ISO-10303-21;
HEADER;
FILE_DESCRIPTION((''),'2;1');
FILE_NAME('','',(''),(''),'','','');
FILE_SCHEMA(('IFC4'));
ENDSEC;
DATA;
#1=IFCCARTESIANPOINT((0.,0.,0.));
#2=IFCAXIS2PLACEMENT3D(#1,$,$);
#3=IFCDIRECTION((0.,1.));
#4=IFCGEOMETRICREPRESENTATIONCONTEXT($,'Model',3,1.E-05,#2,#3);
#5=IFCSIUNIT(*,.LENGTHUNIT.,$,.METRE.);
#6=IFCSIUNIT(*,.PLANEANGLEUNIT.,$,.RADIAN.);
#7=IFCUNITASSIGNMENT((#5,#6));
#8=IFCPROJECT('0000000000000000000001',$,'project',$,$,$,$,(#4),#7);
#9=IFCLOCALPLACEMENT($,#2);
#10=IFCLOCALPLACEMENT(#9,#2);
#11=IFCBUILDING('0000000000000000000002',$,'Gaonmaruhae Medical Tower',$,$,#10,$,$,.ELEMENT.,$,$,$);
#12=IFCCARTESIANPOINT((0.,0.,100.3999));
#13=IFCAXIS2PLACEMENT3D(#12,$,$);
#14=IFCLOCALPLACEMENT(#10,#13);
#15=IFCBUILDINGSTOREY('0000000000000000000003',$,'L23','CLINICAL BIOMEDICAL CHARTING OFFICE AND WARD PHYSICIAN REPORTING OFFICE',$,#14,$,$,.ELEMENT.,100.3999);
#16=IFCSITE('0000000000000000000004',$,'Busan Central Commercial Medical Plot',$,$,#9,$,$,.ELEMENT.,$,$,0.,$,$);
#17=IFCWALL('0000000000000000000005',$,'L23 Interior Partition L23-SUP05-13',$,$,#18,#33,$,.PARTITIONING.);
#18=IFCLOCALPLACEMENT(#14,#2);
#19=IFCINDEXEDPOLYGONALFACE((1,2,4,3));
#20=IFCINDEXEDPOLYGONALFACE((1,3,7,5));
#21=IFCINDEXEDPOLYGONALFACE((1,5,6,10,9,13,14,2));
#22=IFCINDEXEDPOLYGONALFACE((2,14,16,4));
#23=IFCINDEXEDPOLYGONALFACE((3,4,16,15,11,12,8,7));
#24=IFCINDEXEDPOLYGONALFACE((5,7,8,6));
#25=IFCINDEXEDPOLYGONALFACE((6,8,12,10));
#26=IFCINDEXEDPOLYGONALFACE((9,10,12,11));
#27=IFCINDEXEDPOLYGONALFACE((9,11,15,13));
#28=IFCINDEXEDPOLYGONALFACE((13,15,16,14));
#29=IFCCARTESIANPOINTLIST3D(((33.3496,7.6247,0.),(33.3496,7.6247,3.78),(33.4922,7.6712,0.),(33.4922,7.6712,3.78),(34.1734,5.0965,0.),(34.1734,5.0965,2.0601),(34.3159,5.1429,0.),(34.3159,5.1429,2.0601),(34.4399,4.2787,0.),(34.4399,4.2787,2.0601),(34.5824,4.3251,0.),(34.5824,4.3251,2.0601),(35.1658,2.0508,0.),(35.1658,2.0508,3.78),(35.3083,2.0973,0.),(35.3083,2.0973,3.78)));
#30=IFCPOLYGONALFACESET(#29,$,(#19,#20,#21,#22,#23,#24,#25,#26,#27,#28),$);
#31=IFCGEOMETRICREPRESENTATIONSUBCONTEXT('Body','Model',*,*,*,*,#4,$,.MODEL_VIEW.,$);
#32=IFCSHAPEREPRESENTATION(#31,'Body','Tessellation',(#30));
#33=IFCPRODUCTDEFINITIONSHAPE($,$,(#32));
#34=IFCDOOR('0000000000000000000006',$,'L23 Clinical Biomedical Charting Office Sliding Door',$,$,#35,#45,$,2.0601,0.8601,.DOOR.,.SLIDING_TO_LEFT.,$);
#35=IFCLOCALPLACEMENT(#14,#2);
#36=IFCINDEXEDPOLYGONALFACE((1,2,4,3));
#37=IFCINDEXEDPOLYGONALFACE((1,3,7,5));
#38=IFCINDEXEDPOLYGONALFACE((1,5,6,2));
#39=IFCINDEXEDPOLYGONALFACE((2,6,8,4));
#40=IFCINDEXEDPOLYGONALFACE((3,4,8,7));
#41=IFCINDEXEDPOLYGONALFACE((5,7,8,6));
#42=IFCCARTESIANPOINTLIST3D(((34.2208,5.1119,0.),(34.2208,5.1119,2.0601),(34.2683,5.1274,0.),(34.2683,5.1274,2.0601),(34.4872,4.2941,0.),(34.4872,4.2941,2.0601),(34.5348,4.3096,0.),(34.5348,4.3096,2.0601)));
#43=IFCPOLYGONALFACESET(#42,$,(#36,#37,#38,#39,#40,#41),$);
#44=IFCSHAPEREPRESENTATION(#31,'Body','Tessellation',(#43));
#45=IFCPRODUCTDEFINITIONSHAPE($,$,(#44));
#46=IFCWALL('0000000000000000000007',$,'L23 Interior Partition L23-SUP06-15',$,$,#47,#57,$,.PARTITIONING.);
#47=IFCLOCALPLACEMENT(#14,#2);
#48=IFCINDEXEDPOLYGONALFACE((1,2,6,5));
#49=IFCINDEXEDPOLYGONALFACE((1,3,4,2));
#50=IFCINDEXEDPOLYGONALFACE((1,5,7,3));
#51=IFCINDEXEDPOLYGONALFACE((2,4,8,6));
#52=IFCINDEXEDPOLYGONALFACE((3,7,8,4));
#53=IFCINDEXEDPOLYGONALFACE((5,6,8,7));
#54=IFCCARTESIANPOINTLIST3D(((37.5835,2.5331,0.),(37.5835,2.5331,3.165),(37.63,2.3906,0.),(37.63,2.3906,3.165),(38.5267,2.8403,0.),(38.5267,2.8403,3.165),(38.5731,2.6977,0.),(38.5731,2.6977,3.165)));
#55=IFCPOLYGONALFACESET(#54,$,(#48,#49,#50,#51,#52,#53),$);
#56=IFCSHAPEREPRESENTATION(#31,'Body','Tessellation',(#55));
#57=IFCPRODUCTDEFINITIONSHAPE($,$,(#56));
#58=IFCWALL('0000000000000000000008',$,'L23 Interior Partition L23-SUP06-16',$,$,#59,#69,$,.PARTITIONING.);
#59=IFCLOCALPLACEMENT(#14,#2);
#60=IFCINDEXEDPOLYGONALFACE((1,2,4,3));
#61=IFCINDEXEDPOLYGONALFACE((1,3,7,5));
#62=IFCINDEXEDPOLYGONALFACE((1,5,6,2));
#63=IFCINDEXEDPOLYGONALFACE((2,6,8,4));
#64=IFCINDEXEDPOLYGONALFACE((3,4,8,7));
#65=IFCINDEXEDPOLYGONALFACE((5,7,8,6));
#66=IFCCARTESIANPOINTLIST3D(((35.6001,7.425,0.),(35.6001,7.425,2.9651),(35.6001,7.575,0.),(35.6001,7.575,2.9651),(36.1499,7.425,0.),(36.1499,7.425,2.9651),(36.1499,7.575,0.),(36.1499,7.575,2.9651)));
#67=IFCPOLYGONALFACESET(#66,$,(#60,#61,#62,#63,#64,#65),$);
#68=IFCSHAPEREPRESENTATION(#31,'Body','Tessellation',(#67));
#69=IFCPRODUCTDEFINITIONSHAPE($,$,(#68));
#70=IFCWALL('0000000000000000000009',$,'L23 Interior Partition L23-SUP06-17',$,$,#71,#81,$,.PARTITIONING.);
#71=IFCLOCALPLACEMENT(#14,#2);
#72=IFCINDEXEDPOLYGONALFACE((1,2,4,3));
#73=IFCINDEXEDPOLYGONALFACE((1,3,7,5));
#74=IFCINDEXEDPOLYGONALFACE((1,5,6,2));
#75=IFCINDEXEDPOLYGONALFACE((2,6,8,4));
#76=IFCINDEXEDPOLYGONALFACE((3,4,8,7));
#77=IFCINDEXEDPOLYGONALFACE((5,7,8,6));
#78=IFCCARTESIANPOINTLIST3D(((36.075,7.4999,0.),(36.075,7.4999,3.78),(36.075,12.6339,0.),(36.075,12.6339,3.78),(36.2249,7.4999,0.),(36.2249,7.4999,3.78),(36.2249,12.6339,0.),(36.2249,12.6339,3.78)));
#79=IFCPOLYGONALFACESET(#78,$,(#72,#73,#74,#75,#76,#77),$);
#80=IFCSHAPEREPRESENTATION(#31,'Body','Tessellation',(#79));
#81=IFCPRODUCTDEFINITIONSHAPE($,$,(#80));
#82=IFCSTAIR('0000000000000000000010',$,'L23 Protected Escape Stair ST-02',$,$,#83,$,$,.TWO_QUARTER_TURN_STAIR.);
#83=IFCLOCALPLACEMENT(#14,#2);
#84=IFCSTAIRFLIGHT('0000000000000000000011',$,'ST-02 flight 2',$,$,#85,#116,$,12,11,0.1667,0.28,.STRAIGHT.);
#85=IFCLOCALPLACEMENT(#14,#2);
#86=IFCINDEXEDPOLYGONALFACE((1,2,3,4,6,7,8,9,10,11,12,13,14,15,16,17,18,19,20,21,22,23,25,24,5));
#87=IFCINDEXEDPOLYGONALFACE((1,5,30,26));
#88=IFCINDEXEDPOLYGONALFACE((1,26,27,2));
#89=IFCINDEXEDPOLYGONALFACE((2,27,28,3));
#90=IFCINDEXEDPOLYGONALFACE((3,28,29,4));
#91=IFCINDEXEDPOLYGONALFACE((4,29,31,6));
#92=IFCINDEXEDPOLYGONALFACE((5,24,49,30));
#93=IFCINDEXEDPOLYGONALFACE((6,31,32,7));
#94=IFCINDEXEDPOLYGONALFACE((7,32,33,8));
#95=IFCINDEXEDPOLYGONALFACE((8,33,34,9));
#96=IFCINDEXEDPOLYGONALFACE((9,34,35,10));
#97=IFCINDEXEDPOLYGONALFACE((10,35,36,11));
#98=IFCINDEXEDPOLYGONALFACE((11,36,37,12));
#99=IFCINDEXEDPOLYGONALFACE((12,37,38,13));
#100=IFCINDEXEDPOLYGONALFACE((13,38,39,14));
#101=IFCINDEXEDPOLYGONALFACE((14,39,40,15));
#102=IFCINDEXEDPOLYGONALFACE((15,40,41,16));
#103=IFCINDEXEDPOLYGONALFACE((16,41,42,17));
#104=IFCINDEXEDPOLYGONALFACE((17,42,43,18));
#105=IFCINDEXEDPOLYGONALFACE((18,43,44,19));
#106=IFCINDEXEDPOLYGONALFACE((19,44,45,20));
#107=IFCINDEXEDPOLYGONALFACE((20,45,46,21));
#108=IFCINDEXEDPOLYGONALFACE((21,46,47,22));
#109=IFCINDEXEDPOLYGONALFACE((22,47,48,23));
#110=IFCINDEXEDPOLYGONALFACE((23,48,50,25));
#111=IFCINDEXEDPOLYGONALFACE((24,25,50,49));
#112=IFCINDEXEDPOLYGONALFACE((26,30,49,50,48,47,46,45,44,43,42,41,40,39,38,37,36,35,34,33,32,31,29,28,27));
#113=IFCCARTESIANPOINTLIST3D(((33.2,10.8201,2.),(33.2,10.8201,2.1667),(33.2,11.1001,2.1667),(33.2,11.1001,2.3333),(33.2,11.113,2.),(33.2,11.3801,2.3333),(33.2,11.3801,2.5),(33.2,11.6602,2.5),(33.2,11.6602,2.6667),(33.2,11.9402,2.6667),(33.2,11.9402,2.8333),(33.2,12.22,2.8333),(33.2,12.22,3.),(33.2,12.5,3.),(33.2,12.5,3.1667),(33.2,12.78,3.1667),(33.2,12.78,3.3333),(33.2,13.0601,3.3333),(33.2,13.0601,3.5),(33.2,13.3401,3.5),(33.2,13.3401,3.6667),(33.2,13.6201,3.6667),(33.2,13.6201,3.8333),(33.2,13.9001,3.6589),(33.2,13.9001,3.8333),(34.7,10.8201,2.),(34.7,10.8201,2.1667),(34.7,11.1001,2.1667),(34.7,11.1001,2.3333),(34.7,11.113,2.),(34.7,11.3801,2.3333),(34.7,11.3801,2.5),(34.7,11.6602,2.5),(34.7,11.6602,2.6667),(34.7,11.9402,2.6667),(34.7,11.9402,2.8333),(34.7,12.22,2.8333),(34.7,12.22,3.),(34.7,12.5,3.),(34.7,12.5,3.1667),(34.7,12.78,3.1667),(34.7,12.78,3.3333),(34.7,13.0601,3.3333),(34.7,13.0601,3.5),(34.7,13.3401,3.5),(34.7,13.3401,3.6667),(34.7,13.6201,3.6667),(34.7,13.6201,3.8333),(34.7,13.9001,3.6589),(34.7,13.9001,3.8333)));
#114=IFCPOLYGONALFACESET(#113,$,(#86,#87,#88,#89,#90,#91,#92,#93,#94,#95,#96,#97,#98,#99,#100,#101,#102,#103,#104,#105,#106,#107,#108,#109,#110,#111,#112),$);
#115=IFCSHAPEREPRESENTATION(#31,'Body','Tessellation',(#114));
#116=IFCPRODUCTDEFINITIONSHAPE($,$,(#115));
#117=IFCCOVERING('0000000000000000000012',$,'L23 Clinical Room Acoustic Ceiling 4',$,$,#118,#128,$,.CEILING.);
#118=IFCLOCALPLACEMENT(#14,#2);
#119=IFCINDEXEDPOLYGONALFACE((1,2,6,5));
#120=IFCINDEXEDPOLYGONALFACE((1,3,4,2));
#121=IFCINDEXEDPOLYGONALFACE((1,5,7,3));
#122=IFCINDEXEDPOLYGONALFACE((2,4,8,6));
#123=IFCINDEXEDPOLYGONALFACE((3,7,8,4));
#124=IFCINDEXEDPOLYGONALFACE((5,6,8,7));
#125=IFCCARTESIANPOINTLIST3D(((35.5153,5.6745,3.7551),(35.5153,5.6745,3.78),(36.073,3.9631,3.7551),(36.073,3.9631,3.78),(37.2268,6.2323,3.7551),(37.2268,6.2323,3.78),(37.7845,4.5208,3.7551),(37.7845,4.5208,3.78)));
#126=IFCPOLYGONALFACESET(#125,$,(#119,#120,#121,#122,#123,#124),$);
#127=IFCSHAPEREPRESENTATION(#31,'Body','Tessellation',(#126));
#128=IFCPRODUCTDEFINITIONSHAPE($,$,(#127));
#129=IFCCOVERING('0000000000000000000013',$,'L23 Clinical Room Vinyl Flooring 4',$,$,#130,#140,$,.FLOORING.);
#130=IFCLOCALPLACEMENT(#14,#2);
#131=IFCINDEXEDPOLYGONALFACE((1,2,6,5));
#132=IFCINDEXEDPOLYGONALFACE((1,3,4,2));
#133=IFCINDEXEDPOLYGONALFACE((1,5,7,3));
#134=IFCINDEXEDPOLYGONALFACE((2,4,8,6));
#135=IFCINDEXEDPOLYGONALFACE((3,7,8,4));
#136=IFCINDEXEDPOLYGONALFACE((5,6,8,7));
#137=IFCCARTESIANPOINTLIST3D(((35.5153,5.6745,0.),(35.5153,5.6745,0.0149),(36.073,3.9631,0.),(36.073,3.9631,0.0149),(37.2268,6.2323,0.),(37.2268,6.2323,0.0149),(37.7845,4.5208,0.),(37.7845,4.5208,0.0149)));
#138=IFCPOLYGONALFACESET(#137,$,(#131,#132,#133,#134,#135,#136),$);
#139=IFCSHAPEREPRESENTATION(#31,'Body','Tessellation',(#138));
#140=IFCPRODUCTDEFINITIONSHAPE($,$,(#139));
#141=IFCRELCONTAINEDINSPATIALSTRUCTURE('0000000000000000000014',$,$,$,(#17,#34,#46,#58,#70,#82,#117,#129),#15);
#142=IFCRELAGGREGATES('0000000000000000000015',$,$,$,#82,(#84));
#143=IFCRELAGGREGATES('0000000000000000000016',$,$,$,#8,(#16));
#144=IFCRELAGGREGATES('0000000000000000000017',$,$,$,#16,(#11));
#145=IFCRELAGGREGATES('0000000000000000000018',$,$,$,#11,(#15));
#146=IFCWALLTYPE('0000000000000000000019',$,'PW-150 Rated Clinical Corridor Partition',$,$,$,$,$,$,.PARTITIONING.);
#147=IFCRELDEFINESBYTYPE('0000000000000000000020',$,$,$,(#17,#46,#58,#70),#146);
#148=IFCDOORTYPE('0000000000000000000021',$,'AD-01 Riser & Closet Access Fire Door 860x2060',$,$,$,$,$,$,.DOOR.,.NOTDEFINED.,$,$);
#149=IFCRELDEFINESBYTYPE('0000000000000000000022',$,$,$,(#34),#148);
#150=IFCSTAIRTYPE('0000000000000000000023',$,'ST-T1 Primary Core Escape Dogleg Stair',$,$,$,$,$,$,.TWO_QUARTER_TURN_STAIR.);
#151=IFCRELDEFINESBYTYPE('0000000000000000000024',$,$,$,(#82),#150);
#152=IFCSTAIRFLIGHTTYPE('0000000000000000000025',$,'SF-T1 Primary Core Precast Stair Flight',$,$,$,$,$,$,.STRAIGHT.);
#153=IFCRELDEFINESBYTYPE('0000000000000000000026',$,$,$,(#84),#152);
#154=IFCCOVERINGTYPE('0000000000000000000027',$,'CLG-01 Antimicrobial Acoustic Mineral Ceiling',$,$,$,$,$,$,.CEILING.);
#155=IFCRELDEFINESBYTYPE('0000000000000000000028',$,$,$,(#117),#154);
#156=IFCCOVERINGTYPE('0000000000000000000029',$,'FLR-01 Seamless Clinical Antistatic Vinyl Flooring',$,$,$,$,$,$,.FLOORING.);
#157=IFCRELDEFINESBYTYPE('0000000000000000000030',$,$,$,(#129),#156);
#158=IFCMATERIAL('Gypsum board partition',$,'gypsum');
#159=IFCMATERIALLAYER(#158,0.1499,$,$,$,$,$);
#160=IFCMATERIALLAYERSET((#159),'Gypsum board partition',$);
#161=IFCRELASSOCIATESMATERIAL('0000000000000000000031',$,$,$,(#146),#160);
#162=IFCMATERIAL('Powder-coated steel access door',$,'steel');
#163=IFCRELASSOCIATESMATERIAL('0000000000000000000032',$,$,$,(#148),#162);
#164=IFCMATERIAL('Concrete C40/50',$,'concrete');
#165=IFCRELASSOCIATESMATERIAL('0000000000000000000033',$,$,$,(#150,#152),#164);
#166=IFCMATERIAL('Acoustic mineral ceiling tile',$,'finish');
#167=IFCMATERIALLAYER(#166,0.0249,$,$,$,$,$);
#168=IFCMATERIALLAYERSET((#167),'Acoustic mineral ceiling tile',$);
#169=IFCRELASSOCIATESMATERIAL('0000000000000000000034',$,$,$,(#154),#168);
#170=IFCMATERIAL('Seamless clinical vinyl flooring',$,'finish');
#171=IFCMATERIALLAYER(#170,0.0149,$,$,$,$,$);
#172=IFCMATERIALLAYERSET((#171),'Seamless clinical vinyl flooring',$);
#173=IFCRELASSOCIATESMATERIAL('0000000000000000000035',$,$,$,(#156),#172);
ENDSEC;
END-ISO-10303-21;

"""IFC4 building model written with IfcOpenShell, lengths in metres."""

from ifc_helpers import new_model, si_unit, direction, frame, frame_2d, origin, origin_2d, place, context, subcontext, project, spatial, polyline, rectangle, outline, extrude, material, layer, layer_set, type_object, element, fill, aggregate, save


model = new_model("IFC4")

# Units and contexts
model_context = context("Model", 3, precision=1e-05, world=origin(), true_north=direction((0.0, 1.0)))
body_context = subcontext(model_context, "Body", "Model", "MODEL_VIEW")
ifc_project = project(units=[si_unit("LENGTHUNIT", "METRE"), si_unit("PLANEANGLEUNIT", "RADIAN")], contexts=[model_context])

# Site, building, storey
site_placement = place(None, origin())
site = spatial("IfcSite", under=ifc_project, at=site_placement, Name="Busan Central Commercial Medical Plot", CompositionType="ELEMENT", RefElevation=0.0)
building_placement = place(site_placement, origin())
building = spatial("IfcBuilding", under=site, at=building_placement, Name="Gaonmaruhae Medical Tower", CompositionType="ELEMENT")
storey_placement = place(building_placement, frame((0.0, 0.0, 100.3999)))
storey = spatial("IfcBuildingStorey", under=building, at=storey_placement, Name="L23", Description="CLINICAL BIOMEDICAL CHARTING OFFICE AND WARD PHYSICIAN REPORTING OFFICE", CompositionType="ELEMENT", Elevation=100.3999)

# Wall, opening, door
ifc_material_1 = material(Name="Gypsum board partition", Category="gypsum")
ifc_layer_1 = layer(ifc_material_1, 0.1499)
ifc_layer_set_1 = layer_set([ifc_layer_1], Name="Gypsum board partition")
wall_type_1 = type_object("IfcWallType", Name="PW-150 Rated Clinical Corridor Partition", PredefinedType="PARTITIONING", material=ifc_layer_set_1)
wall_1_placement = place(storey_placement, frame((33.4209, 7.6479, 0.0), z_axis=(0.0, 0.0, 1.0), x_axis=(0.309799, -0.950802, 0.0)))
wall_1 = element("IfcWall", 1, at=wall_1_placement, inside=storey, type_object=wall_type_1, Name="L23 Interior Partition L23-SUP05-13", PredefinedType="PARTITIONING", context=body_context, shape_type="SweptSolid", body=[
    extrude(rectangle(XDim=5.8623, YDim=0.1499, at=frame_2d((2.9312, 0.0))), origin(), (0.0, 0.0, 1.0), 3.78),
])
opening_1_placement = place(wall_1_placement, frame((2.6589, 0.0, 0.0)))
opening_1 = element("IfcOpeningElement", 2, at=opening_1_placement, cuts=wall_1, PredefinedType="OPENING", context=body_context, shape_type="SweptSolid", body=[
    extrude(rectangle(XDim=0.8601, YDim=2.0601, at=frame_2d((0.4302, 1.03))), frame((0.0, 0.085, 0.0), z_axis=(0.0, -1.0, 0.0), x_axis=(1.0, 0.0, 0.0)), (0.0, 0.0, 1.0), 0.1699),
])
ifc_material_2 = material(Name="Powder-coated steel access door", Category="steel")
door_type = type_object("IfcDoorType", Name="AD-01 Riser & Closet Access Fire Door 860x2060", OperationType="NOTDEFINED", PredefinedType="DOOR", material=ifc_material_2)
door_placement = place(opening_1_placement, origin())
door = element("IfcDoor", 3, at=door_placement, inside=storey, type_object=door_type, Name="L23 Clinical Biomedical Charting Office Sliding Door", OperationType="SLIDING_TO_LEFT", OverallHeight=2.0601, OverallWidth=0.8601, PredefinedType="DOOR", context=body_context, shape_type="SweptSolid", body=[
    extrude(rectangle(XDim=0.8601, YDim=2.0601, at=frame_2d((0.4302, 1.03))), frame((0.0, 0.0249, 0.0), z_axis=(0.0, -1.0, 0.0), x_axis=(1.0, 0.0, 0.0)), (0.0, 0.0, 1.0), 0.05),
])
fill(opening_1, door)

# Walls
wall_2_placement = place(storey_placement, frame((38.55, 2.769, 0.0), z_axis=(0.0, 0.0, 1.0), x_axis=(-0.950851, -0.309648, 0.0)))
element("IfcWall", 4, at=wall_2_placement, inside=storey, type_object=wall_type_1, Name="L23 Interior Partition L23-SUP06-15", PredefinedType="PARTITIONING", context=body_context, shape_type="SweptSolid", body=[
    extrude(rectangle(XDim=0.9919, YDim=0.1499, at=frame_2d((0.4961, 0.0))), origin(), (0.0, 0.0, 1.0), 3.165),
])
wall_3_placement = place(storey_placement, frame((35.6001, 7.5, 0.0), z_axis=(0.0, 0.0, 1.0), x_axis=(1.0, 0.0, 0.0)))
element("IfcWall", 5, at=wall_3_placement, inside=storey, type_object=wall_type_1, Name="L23 Interior Partition L23-SUP06-16", PredefinedType="PARTITIONING", context=body_context, shape_type="SweptSolid", body=[
    extrude(rectangle(XDim=0.5498, YDim=0.1499, at=frame_2d((0.2749, 0.0))), origin(), (0.0, 0.0, 1.0), 2.9651),
])
wall_4_placement = place(storey_placement, frame((36.1499, 7.5, 0.0), z_axis=(0.0, 0.0, 1.0), x_axis=(0.0, 1.0, 0.0)))
element("IfcWall", 6, at=wall_4_placement, inside=storey, type_object=wall_type_1, Name="L23 Interior Partition L23-SUP06-17", PredefinedType="PARTITIONING", context=body_context, shape_type="SweptSolid", body=[
    extrude(rectangle(XDim=5.134, YDim=0.1499, at=frame_2d((2.5669, 0.0))), origin(), (0.0, 0.0, 1.0), 3.78),
])

# Stair, stair flight
ifc_material_3 = material(Name="Concrete C40/50", Category="concrete")
stair_type = type_object("IfcStairType", Name="ST-T1 Primary Core Escape Dogleg Stair", PredefinedType="TWO_QUARTER_TURN_STAIR", material=ifc_material_3)
stair_placement = place(storey_placement, origin())
stair = element("IfcStair", 7, at=stair_placement, inside=storey, type_object=stair_type, Name="L23 Protected Escape Stair ST-02", PredefinedType="TWO_QUARTER_TURN_STAIR")
stair_flight_type = type_object("IfcStairFlightType", Name="SF-T1 Primary Core Precast Stair Flight", PredefinedType="STRAIGHT", material=ifc_material_3)
stair_flight_placement = place(storey_placement, frame((33.95, 10.8201, 2.0), z_axis=(0.0, 0.0, 1.0), x_axis=(0.0, 1.0, 0.0)))
stair_flight = element("IfcStairFlight", 8, at=stair_flight_placement, type_object=stair_flight_type, Name="ST-02 flight 2", NumberOfRisers=12, NumberOfTreads=11, PredefinedType="STRAIGHT", RiserHeight=0.1667, TreadLength=0.28, context=body_context, shape_type="SweptSolid", body=[
    extrude(outline(polyline([(0.0, 0.0), (0.0, 0.1667), (0.28, 0.1667), (0.28, 0.3333), (0.5601, 0.3333), (0.5601, 0.5), (0.8401, 0.5), (0.8401, 0.6667), (1.1201, 0.6667), (1.1201, 0.8333), (1.3999, 0.8333), (1.3999, 1.0), (1.6799, 1.0), (1.6799, 1.1667), (1.96, 1.1667), (1.96, 1.3333), (2.24, 1.3333), (2.24, 1.5), (2.52, 1.5), (2.52, 1.6667), (2.8, 1.6667), (2.8, 1.8333), (3.0801, 1.8333), (3.0801, 2.0), (3.0801, 1.6589), (0.293, 0.0), (0.0, 0.0)])), frame((0.0, 0.75, 0.0), z_axis=(0.0, -1.0, 0.0), x_axis=(1.0, 0.0, 0.0)), (0.0, 0.0, 1.0), 1.5),
])
aggregate(stair, [stair_flight])

# Coverings
ifc_material_4 = material(Name="Acoustic mineral ceiling tile", Category="finish")
ifc_layer_2 = layer(ifc_material_4, 0.0249)
ifc_layer_set_2 = layer_set([ifc_layer_2], Name="Acoustic mineral ceiling tile")
covering_type_1 = type_object("IfcCoveringType", Name="CLG-01 Antimicrobial Acoustic Mineral Ceiling", PredefinedType="CEILING", material=ifc_layer_set_2)
covering_1_placement = place(storey_placement, frame((36.6499, 5.0977, 3.7551), z_axis=(0.0, 0.0, 1.0), x_axis=(0.950786, 0.309847, 0.0)))
element("IfcCovering", 9, at=covering_1_placement, inside=storey, type_object=covering_type_1, Name="L23 Clinical Room Acoustic Ceiling 4", PredefinedType="CEILING", context=body_context, shape_type="SweptSolid", body=[
    extrude(rectangle(XDim=1.8, YDim=1.8, at=origin_2d()), origin(), (0.0, 0.0, 1.0), 0.0249),
])
ifc_material_5 = material(Name="Seamless clinical vinyl flooring", Category="finish")
ifc_layer_3 = layer(ifc_material_5, 0.0149)
ifc_layer_set_3 = layer_set([ifc_layer_3], Name="Seamless clinical vinyl flooring")
covering_type_2 = type_object("IfcCoveringType", Name="FLR-01 Seamless Clinical Antistatic Vinyl Flooring", PredefinedType="FLOORING", material=ifc_layer_set_3)
covering_2_placement = place(storey_placement, frame((36.6499, 5.0977, 0.0), z_axis=(0.0, 0.0, 1.0), x_axis=(0.950786, 0.309847, 0.0)))
element("IfcCovering", 10, at=covering_2_placement, inside=storey, type_object=covering_type_2, Name="L23 Clinical Room Vinyl Flooring 4", PredefinedType="FLOORING", context=body_context, shape_type="SweptSolid", body=[
    extrude(rectangle(XDim=1.8, YDim=1.8, at=origin_2d()), origin(), (0.0, 0.0, 1.0), 0.0149),
])

save(model, "model.ifc")
